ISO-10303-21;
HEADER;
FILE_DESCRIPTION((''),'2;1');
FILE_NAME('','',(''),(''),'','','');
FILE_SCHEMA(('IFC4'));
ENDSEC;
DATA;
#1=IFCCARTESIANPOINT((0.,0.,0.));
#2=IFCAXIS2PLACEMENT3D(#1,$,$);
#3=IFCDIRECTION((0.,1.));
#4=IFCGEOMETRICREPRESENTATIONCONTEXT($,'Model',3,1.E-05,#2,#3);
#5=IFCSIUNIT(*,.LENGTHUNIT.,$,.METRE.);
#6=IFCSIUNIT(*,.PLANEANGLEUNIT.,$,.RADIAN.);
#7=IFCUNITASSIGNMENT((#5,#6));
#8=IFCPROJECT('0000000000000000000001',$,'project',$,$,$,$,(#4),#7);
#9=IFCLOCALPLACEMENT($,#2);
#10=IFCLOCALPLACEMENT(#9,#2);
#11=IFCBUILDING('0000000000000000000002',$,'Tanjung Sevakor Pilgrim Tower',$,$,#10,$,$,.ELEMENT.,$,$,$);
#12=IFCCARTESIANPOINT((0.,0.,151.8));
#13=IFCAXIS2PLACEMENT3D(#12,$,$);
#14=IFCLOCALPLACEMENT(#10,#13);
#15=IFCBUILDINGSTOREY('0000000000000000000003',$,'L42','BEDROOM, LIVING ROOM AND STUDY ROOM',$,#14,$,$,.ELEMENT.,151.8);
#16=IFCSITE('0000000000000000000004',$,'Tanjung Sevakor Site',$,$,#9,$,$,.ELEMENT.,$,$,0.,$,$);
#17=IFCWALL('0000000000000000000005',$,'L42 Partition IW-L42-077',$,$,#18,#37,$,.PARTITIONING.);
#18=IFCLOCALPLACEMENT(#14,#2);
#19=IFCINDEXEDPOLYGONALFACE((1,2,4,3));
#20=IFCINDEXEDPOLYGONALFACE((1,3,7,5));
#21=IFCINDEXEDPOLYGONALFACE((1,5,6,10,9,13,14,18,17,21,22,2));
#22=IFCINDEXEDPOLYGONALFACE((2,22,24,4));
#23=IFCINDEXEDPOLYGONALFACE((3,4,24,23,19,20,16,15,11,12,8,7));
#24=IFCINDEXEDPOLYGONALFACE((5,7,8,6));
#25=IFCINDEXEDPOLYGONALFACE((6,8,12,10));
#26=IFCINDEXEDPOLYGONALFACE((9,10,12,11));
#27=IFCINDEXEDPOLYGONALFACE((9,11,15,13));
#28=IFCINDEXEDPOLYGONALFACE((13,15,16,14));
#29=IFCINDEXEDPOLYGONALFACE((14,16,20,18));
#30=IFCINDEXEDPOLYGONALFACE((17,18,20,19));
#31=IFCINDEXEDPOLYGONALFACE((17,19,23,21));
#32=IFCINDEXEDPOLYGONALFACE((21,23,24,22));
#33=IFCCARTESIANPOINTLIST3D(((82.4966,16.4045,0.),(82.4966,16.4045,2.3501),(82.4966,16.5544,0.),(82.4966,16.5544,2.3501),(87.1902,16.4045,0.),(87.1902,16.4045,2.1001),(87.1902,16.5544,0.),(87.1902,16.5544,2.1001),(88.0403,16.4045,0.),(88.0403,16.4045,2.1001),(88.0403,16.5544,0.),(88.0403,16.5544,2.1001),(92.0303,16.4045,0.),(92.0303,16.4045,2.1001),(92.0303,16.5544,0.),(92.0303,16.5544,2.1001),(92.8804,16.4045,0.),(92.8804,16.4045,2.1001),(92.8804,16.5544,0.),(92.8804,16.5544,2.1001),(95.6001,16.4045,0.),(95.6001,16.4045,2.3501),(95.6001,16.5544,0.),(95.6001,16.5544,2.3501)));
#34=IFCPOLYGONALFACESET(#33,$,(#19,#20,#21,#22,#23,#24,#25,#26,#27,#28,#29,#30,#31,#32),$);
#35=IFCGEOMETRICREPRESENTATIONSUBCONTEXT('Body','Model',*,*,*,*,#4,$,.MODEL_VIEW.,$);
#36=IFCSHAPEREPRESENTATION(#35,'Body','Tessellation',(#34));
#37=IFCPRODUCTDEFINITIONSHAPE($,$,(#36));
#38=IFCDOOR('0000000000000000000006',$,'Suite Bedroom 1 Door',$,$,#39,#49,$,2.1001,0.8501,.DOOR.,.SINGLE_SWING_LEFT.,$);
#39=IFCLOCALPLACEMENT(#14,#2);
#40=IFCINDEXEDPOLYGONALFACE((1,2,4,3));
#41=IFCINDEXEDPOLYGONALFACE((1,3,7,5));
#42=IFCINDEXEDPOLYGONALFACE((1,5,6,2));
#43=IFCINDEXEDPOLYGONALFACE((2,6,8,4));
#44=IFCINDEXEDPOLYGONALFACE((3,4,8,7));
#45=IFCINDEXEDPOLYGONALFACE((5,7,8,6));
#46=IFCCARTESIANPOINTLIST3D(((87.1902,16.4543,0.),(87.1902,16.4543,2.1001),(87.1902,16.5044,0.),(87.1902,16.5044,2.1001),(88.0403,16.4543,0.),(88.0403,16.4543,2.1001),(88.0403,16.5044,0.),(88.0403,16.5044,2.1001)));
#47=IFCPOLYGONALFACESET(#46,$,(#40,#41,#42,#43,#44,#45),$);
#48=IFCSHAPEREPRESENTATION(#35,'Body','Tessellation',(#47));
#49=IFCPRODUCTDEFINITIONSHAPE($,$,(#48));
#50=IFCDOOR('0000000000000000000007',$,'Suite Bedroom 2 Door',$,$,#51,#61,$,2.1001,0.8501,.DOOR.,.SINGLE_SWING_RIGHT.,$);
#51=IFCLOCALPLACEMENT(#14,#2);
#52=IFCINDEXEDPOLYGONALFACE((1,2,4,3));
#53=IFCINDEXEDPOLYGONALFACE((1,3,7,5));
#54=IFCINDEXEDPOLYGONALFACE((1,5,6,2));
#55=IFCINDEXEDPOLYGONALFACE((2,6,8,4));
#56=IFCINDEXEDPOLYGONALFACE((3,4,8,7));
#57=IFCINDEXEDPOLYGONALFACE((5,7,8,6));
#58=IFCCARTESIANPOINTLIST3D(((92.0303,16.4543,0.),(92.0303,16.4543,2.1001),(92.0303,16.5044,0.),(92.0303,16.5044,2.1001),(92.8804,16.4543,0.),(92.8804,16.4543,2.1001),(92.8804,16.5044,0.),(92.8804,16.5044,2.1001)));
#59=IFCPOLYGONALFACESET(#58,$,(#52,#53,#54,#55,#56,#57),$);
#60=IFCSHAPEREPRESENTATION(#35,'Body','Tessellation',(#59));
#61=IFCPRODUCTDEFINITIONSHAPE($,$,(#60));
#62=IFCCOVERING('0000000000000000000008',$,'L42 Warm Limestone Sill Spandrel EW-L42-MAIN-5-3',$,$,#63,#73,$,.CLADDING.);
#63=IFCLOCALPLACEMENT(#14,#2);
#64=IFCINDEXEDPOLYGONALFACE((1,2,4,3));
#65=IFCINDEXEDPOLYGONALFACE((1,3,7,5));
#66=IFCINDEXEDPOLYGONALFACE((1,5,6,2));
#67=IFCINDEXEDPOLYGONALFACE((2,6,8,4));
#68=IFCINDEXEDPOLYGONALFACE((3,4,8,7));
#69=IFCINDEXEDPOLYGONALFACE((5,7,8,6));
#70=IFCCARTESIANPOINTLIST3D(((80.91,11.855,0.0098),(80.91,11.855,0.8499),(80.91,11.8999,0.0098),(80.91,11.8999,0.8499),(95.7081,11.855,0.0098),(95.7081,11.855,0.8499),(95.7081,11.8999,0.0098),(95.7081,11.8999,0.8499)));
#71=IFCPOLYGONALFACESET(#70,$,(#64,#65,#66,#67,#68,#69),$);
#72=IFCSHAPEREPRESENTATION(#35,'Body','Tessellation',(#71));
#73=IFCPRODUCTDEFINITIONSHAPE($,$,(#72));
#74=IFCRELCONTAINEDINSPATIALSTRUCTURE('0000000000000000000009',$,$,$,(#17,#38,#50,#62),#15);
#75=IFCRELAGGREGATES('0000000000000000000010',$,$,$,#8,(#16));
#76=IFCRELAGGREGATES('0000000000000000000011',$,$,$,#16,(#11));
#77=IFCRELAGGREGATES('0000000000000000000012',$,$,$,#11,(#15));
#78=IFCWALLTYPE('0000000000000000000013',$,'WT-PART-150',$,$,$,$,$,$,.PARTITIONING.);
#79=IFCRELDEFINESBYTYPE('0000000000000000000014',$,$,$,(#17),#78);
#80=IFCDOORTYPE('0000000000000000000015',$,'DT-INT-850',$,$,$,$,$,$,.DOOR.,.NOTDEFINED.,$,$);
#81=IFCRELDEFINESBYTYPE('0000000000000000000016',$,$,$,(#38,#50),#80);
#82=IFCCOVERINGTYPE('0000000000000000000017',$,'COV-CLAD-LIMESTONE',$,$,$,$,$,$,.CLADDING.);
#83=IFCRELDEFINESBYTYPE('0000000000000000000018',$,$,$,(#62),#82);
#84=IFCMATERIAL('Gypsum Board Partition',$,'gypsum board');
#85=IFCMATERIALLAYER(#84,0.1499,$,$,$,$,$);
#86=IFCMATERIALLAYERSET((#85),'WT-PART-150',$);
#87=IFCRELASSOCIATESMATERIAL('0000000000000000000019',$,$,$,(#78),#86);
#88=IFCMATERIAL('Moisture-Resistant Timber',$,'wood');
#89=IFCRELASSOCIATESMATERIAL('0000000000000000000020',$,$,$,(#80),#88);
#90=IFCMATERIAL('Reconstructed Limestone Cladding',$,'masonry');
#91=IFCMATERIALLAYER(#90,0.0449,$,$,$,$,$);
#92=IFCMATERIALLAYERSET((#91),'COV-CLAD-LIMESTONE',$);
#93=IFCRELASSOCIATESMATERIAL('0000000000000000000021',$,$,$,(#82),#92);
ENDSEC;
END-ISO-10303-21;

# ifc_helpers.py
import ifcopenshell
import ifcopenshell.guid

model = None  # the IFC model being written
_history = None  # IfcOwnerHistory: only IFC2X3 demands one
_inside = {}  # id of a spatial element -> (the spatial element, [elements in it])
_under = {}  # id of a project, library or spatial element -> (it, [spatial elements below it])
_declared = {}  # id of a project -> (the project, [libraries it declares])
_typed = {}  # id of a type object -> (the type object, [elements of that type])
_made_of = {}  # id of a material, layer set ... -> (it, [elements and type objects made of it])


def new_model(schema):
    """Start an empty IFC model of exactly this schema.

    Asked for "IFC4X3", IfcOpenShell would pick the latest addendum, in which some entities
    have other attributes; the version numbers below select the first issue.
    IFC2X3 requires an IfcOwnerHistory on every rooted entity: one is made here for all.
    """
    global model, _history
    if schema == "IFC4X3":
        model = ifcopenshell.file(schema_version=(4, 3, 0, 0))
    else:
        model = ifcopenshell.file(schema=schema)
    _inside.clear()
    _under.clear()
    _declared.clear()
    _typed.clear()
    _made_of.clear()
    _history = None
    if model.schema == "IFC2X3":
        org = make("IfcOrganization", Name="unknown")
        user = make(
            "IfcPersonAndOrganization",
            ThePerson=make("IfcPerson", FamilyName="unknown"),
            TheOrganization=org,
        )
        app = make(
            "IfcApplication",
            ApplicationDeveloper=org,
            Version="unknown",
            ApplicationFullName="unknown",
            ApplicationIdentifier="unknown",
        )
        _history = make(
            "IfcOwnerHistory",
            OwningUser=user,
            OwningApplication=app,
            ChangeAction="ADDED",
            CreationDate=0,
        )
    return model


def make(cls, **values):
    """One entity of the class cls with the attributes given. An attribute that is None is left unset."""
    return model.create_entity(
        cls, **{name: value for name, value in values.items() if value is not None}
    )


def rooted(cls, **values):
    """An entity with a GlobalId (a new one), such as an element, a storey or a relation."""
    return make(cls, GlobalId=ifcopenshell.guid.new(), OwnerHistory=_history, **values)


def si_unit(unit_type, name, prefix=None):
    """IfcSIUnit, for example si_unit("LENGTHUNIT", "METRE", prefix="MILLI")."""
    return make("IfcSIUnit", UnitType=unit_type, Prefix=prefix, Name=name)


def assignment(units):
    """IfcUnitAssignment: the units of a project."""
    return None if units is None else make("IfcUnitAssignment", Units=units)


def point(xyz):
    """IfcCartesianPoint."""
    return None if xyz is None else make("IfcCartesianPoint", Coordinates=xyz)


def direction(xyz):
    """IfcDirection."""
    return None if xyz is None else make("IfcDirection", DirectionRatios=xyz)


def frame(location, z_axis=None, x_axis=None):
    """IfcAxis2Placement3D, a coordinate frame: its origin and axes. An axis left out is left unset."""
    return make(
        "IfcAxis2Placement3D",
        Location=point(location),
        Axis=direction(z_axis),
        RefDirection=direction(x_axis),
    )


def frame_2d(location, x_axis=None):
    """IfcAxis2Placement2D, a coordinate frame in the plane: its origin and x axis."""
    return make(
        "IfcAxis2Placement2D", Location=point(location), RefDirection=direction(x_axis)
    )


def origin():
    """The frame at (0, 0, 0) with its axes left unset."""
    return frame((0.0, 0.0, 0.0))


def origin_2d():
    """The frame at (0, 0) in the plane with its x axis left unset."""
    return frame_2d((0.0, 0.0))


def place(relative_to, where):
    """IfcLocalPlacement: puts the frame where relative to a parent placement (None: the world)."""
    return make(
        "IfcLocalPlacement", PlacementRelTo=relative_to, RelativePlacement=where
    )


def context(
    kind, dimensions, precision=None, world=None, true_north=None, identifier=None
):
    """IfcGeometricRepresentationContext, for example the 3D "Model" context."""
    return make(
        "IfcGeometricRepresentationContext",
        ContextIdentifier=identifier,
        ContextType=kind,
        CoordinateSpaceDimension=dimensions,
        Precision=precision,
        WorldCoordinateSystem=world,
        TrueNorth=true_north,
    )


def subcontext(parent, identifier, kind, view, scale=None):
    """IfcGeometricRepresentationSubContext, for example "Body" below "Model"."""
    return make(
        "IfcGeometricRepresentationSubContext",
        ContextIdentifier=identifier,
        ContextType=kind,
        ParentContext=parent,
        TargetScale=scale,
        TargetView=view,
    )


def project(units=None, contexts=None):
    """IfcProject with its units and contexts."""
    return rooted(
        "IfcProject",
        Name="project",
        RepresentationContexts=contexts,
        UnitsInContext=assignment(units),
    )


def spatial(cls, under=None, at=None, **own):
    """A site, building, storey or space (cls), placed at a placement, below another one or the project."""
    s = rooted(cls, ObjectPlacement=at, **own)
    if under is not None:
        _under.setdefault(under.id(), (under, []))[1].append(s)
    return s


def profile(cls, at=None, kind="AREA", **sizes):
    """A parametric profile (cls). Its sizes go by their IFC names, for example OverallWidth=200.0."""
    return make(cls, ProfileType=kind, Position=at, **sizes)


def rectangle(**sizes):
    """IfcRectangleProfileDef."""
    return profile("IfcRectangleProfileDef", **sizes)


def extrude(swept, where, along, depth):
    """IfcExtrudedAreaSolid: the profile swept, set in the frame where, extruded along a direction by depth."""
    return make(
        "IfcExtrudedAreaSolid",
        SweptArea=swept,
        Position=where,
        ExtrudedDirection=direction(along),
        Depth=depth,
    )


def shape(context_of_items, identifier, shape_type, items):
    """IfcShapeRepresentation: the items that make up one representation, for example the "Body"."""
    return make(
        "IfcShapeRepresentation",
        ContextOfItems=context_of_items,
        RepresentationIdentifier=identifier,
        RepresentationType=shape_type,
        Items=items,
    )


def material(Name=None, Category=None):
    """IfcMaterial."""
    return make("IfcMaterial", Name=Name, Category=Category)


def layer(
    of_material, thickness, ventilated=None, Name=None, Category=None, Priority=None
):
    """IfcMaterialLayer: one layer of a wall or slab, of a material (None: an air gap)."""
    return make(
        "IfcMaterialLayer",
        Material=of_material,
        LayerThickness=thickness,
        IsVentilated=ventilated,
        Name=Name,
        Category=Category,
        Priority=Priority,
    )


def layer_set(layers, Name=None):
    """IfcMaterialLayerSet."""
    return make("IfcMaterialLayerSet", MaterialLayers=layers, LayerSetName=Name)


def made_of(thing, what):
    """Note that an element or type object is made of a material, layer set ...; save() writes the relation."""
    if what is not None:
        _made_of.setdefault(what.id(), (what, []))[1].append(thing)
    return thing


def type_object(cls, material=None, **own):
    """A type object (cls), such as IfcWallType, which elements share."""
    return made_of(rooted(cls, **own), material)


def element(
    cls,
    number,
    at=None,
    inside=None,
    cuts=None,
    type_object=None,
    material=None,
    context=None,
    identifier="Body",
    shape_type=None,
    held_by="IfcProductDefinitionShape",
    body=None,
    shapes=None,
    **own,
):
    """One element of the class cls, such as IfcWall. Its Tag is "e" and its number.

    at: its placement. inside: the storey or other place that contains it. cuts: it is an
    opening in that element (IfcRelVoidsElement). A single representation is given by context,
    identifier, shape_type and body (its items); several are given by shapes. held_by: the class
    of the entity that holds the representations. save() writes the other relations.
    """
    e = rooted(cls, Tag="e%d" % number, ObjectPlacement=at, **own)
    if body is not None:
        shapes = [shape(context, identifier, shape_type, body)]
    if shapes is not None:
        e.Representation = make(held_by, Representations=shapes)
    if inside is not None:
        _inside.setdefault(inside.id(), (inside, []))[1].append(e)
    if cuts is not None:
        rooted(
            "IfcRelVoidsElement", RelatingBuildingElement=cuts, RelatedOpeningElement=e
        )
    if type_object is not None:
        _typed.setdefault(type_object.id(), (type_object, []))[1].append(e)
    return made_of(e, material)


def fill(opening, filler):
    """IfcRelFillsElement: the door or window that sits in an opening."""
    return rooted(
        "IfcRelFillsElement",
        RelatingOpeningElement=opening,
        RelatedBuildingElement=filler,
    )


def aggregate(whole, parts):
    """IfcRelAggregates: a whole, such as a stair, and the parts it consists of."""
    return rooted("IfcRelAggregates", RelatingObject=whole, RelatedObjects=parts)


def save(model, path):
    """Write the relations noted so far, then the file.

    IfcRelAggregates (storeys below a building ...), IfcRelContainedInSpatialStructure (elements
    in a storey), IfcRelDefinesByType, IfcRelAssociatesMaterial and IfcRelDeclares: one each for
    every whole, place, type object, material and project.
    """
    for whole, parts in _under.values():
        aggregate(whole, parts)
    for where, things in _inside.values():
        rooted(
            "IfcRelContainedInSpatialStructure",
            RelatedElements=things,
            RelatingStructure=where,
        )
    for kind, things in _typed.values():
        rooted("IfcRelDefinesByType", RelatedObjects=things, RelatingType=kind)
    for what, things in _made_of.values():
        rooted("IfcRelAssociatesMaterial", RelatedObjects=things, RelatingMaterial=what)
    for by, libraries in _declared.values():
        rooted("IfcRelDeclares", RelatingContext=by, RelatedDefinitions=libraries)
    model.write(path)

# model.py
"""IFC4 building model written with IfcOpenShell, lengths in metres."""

from ifc_helpers import new_model, si_unit, direction, frame, frame_2d, origin, origin_2d, place, context, subcontext, project, spatial, rectangle, extrude, material, layer, layer_set, type_object, element, fill, save


model = new_model("IFC4")

# Units and contexts
model_context = context("Model", 3, precision=1e-05, world=origin(), true_north=direction((0.0, 1.0)))
body_context = subcontext(model_context, "Body", "Model", "MODEL_VIEW")
ifc_project = project(units=[si_unit("LENGTHUNIT", "METRE"), si_unit("PLANEANGLEUNIT", "RADIAN")], contexts=[model_context])

# Site, building, storey
site_placement = place(None, origin())
site = spatial("IfcSite", under=ifc_project, at=site_placement, Name="Tanjung Sevakor Site", CompositionType="ELEMENT", RefElevation=0.0)
building_placement = place(site_placement, origin())
building = spatial("IfcBuilding", under=site, at=building_placement, Name="Tanjung Sevakor Pilgrim Tower", CompositionType="ELEMENT")
storey_placement = place(building_placement, frame((0.0, 0.0, 151.8)))
storey = spatial("IfcBuildingStorey", under=building, at=storey_placement, Name="L42", Description="BEDROOM, LIVING ROOM AND STUDY ROOM", CompositionType="ELEMENT", Elevation=151.8)

# Shared definitions
ifc_material_1 = material(Name="Gypsum Board Partition", Category="gypsum board")
ifc_layer_1 = layer(ifc_material_1, 0.1499)
ifc_layer_set_1 = layer_set([ifc_layer_1], Name="WT-PART-150")
wall_type_1 = type_object("IfcWallType", Name="WT-PART-150", PredefinedType="PARTITIONING", material=ifc_layer_set_1)

# Shared definitions
ifc_material_2 = material(Name="Moisture-Resistant Timber", Category="wood")
door_type_1 = type_object("IfcDoorType", Name="DT-INT-850", OperationType="NOTDEFINED", PredefinedType="DOOR", material=ifc_material_2)

# Wall, openings, doors
wall_1_placement = place(storey_placement, frame((82.4966, 16.4795, 0.0), z_axis=(0.0, 0.0, 1.0), x_axis=(1.0, 0.0, 0.0)))
wall_1 = element("IfcWall", 1, at=wall_1_placement, inside=storey, type_object=wall_type_1, Name="L42 Partition IW-L42-077", PredefinedType="PARTITIONING", context=body_context, shape_type="SweptSolid", body=[
    extrude(rectangle(XDim=13.1035, YDim=0.1499, at=frame_2d((6.5518, 0.0))), origin(), (0.0, 0.0, 1.0), 2.3501),
])
opening_1_placement = place(wall_1_placement, frame((4.6936, 0.0, 0.0)))
opening_1 = element("IfcOpeningElement", 2, at=opening_1_placement, cuts=wall_1, PredefinedType="OPENING", context=body_context, shape_type="SweptSolid", body=[
    extrude(rectangle(XDim=0.8501, YDim=2.1001, at=frame_2d((0.425, 1.05))), frame((0.0, 0.085, 0.0), z_axis=(0.0, -1.0, 0.0), x_axis=(1.0, 0.0, 0.0)), (0.0, 0.0, 1.0), 0.1699),
])
opening_2_placement = place(wall_1_placement, frame((9.5337, 0.0, 0.0)))
opening_2 = element("IfcOpeningElement", 3, at=opening_2_placement, cuts=wall_1, PredefinedType="OPENING", context=body_context, shape_type="SweptSolid", body=[
    extrude(rectangle(XDim=0.8501, YDim=2.1001, at=frame_2d((0.425, 1.05))), frame((0.0, 0.085, 0.0), z_axis=(0.0, -1.0, 0.0), x_axis=(1.0, 0.0, 0.0)), (0.0, 0.0, 1.0), 0.1699),
])
door_1_placement = place(opening_1_placement, origin())
door_1 = element("IfcDoor", 4, at=door_1_placement, inside=storey, type_object=door_type_1, Name="Suite Bedroom 1 Door", OperationType="SINGLE_SWING_LEFT", OverallHeight=2.1001, OverallWidth=0.8501, PredefinedType="DOOR", context=body_context, shape_type="SweptSolid", body=[
    extrude(rectangle(XDim=0.8501, YDim=2.1001, at=frame_2d((0.425, 1.05))), frame((0.0, 0.0249, 0.0), z_axis=(0.0, -1.0, 0.0), x_axis=(1.0, 0.0, 0.0)), (0.0, 0.0, 1.0), 0.05),
])
fill(opening_1, door_1)
door_2_placement = place(opening_2_placement, origin())
door_2 = element("IfcDoor", 5, at=door_2_placement, inside=storey, type_object=door_type_1, Name="Suite Bedroom 2 Door", OperationType="SINGLE_SWING_RIGHT", OverallHeight=2.1001, OverallWidth=0.8501, PredefinedType="DOOR", context=body_context, shape_type="SweptSolid", body=[
    extrude(rectangle(XDim=0.8501, YDim=2.1001, at=frame_2d((0.425, 1.05))), frame((0.0, 0.0249, 0.0), z_axis=(0.0, -1.0, 0.0), x_axis=(1.0, 0.0, 0.0)), (0.0, 0.0, 1.0), 0.05),
])
fill(opening_2, door_2)

# Covering
ifc_material_3 = material(Name="Reconstructed Limestone Cladding", Category="masonry")
ifc_layer_2 = layer(ifc_material_3, 0.0449)
ifc_layer_set_2 = layer_set([ifc_layer_2], Name="COV-CLAD-LIMESTONE")
covering_type = type_object("IfcCoveringType", Name="COV-CLAD-LIMESTONE", PredefinedType="CLADDING", material=ifc_layer_set_2)
covering_placement = place(storey_placement, frame((88.3091, 11.8774, 0.0098), z_axis=(0.0, 0.0, 1.0), x_axis=(1.0, 0.0, 0.0)))
element("IfcCovering", 6, at=covering_placement, inside=storey, type_object=covering_type, Name="L42 Warm Limestone Sill Spandrel EW-L42-MAIN-5-3", PredefinedType="CLADDING", context=body_context, shape_type="SweptSolid", body=[
    extrude(rectangle(XDim=14.7981, YDim=0.0449, at=origin_2d()), origin(), (0.0, 0.0, 1.0), 0.8401),
])

save(model, "model.ifc")
